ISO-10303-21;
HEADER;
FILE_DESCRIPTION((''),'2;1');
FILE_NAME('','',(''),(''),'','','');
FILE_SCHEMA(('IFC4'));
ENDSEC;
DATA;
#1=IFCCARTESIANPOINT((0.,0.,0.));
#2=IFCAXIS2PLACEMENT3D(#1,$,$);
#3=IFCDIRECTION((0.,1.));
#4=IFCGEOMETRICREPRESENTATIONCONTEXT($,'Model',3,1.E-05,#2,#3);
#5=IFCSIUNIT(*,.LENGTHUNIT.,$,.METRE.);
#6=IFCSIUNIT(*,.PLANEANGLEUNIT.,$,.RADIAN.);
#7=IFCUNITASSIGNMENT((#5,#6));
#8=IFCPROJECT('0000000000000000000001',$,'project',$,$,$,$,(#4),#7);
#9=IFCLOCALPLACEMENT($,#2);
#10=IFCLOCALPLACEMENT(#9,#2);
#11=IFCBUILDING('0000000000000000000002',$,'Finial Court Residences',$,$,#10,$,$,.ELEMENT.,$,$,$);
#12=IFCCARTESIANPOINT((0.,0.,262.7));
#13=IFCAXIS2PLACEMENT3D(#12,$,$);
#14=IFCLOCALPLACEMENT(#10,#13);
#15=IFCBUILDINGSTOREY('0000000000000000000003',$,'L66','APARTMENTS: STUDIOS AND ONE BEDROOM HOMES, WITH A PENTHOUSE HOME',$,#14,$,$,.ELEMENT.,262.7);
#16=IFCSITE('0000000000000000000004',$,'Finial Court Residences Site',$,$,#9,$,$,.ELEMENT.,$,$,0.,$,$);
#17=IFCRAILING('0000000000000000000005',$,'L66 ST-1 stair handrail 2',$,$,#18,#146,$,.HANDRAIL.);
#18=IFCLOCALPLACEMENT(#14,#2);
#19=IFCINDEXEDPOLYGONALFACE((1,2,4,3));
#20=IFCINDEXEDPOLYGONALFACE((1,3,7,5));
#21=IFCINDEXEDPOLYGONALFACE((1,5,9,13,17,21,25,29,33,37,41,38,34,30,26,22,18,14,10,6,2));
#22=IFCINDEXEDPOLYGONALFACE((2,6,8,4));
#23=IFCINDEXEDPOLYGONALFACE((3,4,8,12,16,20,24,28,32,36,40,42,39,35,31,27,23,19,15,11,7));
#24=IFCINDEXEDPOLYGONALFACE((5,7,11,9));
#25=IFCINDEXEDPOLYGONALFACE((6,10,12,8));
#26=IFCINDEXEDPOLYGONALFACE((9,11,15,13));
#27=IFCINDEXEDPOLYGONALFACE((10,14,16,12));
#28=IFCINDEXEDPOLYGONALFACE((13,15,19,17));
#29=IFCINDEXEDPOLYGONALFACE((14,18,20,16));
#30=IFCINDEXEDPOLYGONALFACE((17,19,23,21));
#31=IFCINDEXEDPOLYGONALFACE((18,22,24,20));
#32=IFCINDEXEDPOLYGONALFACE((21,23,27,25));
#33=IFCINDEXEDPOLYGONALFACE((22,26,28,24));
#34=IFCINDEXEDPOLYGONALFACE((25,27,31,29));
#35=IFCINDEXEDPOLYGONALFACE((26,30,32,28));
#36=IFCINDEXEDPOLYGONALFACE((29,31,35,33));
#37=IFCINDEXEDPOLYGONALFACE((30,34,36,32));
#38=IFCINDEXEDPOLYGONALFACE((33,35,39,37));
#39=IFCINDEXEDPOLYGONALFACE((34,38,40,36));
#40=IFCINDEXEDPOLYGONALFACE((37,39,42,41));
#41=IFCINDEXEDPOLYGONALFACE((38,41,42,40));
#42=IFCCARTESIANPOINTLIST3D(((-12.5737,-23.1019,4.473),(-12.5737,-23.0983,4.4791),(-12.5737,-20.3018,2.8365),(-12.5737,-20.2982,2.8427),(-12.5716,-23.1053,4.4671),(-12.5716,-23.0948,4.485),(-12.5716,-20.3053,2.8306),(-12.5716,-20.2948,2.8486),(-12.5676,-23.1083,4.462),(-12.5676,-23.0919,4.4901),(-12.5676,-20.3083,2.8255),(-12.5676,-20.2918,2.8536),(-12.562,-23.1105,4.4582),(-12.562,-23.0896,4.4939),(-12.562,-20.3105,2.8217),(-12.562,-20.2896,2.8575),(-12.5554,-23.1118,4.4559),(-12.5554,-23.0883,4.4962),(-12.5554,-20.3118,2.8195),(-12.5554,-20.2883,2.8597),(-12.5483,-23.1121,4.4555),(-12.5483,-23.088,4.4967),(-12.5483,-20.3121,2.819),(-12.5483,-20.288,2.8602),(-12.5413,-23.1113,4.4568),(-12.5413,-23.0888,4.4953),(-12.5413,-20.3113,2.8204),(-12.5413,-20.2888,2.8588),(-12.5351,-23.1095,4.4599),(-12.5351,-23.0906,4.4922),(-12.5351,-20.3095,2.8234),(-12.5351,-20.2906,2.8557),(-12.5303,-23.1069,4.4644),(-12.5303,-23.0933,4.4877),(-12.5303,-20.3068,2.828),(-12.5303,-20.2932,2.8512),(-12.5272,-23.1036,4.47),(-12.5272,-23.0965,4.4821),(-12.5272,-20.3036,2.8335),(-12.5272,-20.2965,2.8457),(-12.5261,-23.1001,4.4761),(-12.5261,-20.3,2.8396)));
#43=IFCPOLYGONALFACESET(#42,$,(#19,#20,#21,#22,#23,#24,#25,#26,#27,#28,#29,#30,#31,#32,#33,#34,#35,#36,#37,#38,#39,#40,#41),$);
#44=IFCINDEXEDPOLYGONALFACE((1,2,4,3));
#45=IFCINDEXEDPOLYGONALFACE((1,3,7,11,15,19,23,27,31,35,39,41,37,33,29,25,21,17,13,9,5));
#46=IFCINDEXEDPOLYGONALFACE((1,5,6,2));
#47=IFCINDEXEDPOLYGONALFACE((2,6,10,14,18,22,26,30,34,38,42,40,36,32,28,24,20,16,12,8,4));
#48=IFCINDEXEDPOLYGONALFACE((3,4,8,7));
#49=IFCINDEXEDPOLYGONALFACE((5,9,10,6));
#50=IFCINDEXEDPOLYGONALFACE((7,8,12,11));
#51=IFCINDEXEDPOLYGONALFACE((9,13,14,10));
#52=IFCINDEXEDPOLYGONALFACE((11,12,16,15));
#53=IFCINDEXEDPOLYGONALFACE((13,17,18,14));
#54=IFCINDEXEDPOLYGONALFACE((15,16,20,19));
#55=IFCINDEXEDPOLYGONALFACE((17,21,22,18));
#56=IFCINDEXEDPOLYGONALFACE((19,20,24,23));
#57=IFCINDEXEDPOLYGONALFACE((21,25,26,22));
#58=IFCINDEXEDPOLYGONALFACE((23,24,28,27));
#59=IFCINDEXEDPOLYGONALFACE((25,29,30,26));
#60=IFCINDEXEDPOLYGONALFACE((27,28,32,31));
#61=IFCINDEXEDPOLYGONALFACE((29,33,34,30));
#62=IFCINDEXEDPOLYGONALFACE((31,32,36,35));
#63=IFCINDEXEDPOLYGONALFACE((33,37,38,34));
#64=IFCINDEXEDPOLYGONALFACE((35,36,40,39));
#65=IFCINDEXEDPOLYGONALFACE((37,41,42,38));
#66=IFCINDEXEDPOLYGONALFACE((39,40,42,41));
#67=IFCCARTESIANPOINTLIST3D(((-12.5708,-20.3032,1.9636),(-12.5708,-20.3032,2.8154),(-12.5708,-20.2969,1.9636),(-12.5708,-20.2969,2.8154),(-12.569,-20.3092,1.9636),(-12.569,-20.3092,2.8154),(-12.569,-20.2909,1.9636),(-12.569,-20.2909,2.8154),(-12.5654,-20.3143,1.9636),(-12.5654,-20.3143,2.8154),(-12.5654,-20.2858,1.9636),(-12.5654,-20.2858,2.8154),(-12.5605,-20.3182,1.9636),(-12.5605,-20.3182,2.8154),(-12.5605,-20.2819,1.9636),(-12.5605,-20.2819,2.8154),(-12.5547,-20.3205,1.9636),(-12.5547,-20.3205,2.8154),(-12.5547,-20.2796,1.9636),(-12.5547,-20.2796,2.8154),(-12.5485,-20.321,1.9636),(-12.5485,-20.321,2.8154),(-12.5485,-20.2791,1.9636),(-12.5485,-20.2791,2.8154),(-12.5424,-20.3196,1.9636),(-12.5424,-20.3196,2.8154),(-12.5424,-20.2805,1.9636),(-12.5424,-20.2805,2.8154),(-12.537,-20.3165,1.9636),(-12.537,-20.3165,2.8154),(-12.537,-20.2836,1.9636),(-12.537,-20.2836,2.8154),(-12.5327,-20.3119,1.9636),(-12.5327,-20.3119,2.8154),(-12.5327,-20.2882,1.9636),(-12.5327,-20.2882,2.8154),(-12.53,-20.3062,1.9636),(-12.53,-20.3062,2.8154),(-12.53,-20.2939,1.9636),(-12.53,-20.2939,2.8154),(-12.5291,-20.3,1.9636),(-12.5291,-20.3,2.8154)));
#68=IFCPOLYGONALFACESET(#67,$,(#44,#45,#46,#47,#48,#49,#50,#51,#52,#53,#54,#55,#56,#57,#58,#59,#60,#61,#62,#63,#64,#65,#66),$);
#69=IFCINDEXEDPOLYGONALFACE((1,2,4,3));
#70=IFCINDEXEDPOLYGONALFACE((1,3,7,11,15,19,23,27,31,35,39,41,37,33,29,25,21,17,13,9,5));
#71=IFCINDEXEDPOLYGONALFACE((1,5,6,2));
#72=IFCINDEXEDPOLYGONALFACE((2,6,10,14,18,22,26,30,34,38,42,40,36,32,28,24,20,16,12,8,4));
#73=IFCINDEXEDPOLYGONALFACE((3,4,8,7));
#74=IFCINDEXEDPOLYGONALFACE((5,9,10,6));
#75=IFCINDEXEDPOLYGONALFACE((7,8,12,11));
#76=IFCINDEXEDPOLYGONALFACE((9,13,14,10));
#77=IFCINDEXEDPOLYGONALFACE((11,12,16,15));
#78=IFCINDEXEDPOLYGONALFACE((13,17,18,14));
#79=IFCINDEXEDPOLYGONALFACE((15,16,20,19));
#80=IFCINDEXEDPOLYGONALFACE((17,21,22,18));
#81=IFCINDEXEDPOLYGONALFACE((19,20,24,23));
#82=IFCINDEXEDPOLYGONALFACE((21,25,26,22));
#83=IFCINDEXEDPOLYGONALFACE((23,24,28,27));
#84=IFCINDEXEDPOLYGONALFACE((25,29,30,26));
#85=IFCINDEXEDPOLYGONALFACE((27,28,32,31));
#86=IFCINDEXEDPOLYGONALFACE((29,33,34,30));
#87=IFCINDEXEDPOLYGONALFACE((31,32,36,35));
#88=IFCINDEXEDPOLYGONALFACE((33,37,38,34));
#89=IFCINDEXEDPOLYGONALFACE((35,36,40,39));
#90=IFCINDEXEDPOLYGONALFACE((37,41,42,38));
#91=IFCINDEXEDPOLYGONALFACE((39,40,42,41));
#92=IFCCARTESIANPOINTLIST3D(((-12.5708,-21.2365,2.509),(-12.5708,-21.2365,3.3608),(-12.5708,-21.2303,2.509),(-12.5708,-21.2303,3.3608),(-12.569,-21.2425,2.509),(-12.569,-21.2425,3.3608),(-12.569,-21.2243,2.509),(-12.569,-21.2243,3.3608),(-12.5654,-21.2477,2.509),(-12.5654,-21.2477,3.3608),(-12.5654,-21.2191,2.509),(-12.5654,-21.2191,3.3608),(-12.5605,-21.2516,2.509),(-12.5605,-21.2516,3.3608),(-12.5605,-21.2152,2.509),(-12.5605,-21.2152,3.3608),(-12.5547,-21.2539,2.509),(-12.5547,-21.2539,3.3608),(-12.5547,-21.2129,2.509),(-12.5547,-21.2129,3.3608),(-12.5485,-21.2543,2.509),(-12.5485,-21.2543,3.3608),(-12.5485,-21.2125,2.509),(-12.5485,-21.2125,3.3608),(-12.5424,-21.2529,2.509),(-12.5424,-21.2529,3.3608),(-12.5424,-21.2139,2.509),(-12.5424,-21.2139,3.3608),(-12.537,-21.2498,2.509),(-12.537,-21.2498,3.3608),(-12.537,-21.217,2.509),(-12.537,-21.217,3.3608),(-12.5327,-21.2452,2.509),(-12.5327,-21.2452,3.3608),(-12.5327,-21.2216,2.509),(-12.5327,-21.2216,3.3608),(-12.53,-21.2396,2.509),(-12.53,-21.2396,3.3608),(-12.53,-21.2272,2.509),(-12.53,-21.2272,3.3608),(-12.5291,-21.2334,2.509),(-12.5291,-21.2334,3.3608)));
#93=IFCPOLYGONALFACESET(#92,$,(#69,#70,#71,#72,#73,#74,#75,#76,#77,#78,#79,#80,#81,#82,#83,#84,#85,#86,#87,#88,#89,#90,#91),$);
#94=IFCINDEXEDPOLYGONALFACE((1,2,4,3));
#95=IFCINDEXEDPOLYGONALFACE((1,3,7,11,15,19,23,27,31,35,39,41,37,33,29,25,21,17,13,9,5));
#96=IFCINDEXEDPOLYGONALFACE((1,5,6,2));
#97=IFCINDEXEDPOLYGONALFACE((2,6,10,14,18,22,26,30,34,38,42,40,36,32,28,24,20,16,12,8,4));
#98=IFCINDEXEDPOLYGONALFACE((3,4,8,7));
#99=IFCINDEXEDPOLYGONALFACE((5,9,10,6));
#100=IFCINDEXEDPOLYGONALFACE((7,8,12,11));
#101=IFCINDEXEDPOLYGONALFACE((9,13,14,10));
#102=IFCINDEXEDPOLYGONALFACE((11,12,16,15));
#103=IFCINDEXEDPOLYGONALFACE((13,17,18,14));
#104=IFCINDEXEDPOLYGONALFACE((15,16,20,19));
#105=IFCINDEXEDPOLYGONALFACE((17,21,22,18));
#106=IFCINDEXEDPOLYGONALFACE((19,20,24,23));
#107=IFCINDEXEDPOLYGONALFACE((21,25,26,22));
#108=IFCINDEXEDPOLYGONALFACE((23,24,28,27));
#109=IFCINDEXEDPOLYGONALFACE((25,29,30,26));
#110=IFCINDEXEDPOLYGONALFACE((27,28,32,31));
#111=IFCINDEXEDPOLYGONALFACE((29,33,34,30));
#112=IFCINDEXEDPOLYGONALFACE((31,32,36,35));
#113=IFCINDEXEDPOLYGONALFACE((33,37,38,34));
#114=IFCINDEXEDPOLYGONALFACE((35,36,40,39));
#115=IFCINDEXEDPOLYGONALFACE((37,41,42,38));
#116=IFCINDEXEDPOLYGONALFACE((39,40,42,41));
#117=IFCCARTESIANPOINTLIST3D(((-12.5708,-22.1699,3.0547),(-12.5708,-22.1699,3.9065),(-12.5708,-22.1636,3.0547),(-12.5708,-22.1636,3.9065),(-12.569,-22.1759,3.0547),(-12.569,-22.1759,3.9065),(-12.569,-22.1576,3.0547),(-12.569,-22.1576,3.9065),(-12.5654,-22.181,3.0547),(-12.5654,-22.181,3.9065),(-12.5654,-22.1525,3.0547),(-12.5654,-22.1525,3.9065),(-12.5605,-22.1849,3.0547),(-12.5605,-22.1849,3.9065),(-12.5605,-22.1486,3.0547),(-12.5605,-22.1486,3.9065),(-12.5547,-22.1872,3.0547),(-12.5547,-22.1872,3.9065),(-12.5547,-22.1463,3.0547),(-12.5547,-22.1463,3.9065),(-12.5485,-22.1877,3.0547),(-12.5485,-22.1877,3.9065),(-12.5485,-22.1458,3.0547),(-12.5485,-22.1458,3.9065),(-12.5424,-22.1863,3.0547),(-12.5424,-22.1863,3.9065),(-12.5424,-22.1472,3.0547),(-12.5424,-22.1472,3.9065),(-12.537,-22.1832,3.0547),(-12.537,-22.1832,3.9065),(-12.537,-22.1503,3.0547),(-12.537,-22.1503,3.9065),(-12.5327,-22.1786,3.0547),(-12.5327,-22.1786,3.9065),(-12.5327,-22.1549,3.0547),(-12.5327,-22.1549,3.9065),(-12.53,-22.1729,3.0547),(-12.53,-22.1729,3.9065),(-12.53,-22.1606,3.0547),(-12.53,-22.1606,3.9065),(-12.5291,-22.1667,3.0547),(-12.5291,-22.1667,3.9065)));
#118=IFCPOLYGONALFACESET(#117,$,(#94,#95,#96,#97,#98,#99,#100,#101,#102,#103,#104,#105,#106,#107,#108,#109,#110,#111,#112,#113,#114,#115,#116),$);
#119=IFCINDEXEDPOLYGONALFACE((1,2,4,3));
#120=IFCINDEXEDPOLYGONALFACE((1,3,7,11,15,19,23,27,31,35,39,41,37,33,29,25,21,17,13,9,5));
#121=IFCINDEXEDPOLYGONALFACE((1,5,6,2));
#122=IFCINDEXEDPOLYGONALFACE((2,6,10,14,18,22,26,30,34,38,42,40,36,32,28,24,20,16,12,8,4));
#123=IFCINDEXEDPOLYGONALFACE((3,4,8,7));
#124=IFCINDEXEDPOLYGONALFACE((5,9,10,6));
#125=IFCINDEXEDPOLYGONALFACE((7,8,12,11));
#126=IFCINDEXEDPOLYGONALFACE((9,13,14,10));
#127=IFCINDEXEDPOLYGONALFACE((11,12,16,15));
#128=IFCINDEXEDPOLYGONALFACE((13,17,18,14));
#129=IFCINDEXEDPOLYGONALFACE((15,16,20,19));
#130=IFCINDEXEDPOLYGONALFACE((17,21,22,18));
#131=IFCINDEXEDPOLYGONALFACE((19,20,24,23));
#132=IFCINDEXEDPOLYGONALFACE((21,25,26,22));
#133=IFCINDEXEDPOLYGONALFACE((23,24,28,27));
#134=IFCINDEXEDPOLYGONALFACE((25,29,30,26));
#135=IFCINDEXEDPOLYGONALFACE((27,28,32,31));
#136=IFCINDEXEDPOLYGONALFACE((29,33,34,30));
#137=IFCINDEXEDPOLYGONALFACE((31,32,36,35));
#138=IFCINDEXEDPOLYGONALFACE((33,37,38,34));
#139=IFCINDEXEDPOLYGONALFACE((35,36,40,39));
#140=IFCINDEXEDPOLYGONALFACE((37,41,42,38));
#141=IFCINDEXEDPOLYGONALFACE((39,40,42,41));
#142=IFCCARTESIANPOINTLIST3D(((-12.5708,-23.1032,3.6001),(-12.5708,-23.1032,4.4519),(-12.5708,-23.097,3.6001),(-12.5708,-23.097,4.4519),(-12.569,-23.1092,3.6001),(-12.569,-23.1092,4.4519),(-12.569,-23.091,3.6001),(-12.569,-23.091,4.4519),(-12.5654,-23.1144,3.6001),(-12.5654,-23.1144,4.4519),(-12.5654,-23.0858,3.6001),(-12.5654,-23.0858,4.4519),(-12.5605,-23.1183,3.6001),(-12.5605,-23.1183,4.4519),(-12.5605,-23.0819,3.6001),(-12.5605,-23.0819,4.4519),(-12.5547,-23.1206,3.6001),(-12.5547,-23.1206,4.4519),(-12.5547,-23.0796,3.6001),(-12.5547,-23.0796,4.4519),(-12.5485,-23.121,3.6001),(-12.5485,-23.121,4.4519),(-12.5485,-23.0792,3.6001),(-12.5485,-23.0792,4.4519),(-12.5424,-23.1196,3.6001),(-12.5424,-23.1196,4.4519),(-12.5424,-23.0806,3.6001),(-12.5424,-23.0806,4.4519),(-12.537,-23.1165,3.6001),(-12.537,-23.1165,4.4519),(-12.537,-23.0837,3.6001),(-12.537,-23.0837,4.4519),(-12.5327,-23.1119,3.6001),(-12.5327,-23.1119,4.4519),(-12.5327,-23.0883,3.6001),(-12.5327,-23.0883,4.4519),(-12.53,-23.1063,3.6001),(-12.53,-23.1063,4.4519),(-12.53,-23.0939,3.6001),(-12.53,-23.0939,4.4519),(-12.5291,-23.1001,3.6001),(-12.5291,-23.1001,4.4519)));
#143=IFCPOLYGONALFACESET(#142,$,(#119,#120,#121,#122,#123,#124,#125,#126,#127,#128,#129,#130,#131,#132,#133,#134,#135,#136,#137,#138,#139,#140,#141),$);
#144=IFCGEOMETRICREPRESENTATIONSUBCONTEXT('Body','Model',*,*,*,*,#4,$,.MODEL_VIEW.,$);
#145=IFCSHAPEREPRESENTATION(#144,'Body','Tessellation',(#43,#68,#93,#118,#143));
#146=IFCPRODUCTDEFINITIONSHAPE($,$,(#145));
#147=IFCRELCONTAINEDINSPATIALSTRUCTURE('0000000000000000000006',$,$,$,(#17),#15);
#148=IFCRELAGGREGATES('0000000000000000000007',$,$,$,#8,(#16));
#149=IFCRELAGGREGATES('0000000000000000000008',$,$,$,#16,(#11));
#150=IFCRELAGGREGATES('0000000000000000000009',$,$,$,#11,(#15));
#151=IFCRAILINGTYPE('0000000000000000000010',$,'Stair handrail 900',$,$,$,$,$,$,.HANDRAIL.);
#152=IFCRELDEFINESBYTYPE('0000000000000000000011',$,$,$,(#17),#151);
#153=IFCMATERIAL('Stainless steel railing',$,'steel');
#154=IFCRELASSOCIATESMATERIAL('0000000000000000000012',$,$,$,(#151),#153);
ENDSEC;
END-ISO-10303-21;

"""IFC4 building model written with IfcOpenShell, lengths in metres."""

from ifc_helpers import new_model, si_unit, direction, frame, origin, origin_2d, place, context, subcontext, project, spatial, circle, extrude, material, type_object, element, save


model = new_model("IFC4")

# Units and contexts
model_context = context("Model", 3, precision=1e-05, world=origin(), true_north=direction((0.0, 1.0)))
body_context = subcontext(model_context, "Body", "Model", "MODEL_VIEW")
ifc_project = project(units=[si_unit("LENGTHUNIT", "METRE"), si_unit("PLANEANGLEUNIT", "RADIAN")], contexts=[model_context])

# Site, building, storey
site_placement = place(None, origin())
site = spatial("IfcSite", under=ifc_project, at=site_placement, Name="Finial Court Residences Site", CompositionType="ELEMENT", RefElevation=0.0)
building_placement = place(site_placement, origin())
building = spatial("IfcBuilding", under=site, at=building_placement, Name="Finial Court Residences", CompositionType="ELEMENT")
storey_placement = place(building_placement, frame((0.0, 0.0, 262.7)))
storey = spatial("IfcBuildingStorey", under=building, at=storey_placement, Name="L66", Description="APARTMENTS: STUDIOS AND ONE BEDROOM HOMES, WITH A PENTHOUSE HOME", CompositionType="ELEMENT", Elevation=262.7)

# Railing
ifc_material_1 = material(Name="Stainless steel railing", Category="steel")
railing_type_1 = type_object("IfcRailingType", Name="Stair handrail 900", PredefinedType="HANDRAIL", material=ifc_material_1)
railing_1_placement = place(storey_placement, frame((-12.55, -20.3, 1.9636)))
element("IfcRailing", 1, at=railing_1_placement, inside=storey, type_object=railing_type_1, Name="L66 ST-1 stair handrail 2", PredefinedType="HANDRAIL", context=body_context, shape_type="SweptSolid", body=[
    extrude(circle(Radius=0.0239, at=origin_2d()), frame((0.0, 0.0, 0.876), z_axis=(0.0, -0.863361, 0.504587), x_axis=(1.0, 0.0, 0.0)), (0.0, 0.0, 1.0), 3.2432),
    extrude(circle(Radius=0.021, at=origin_2d()), origin(), (0.0, 0.0, 1.0), 0.8518),
    extrude(circle(Radius=0.021, at=origin_2d()), frame((0.0, -0.9333, 0.5454)), (0.0, 0.0, 1.0), 0.8518),
    extrude(circle(Radius=0.021, at=origin_2d()), frame((0.0, -1.8667, 1.0911)), (0.0, 0.0, 1.0), 0.8518),
    extrude(circle(Radius=0.021, at=origin_2d()), frame((0.0, -2.8, 1.6365)), (0.0, 0.0, 1.0), 0.8518),
])

save(model, "model.ifc")
